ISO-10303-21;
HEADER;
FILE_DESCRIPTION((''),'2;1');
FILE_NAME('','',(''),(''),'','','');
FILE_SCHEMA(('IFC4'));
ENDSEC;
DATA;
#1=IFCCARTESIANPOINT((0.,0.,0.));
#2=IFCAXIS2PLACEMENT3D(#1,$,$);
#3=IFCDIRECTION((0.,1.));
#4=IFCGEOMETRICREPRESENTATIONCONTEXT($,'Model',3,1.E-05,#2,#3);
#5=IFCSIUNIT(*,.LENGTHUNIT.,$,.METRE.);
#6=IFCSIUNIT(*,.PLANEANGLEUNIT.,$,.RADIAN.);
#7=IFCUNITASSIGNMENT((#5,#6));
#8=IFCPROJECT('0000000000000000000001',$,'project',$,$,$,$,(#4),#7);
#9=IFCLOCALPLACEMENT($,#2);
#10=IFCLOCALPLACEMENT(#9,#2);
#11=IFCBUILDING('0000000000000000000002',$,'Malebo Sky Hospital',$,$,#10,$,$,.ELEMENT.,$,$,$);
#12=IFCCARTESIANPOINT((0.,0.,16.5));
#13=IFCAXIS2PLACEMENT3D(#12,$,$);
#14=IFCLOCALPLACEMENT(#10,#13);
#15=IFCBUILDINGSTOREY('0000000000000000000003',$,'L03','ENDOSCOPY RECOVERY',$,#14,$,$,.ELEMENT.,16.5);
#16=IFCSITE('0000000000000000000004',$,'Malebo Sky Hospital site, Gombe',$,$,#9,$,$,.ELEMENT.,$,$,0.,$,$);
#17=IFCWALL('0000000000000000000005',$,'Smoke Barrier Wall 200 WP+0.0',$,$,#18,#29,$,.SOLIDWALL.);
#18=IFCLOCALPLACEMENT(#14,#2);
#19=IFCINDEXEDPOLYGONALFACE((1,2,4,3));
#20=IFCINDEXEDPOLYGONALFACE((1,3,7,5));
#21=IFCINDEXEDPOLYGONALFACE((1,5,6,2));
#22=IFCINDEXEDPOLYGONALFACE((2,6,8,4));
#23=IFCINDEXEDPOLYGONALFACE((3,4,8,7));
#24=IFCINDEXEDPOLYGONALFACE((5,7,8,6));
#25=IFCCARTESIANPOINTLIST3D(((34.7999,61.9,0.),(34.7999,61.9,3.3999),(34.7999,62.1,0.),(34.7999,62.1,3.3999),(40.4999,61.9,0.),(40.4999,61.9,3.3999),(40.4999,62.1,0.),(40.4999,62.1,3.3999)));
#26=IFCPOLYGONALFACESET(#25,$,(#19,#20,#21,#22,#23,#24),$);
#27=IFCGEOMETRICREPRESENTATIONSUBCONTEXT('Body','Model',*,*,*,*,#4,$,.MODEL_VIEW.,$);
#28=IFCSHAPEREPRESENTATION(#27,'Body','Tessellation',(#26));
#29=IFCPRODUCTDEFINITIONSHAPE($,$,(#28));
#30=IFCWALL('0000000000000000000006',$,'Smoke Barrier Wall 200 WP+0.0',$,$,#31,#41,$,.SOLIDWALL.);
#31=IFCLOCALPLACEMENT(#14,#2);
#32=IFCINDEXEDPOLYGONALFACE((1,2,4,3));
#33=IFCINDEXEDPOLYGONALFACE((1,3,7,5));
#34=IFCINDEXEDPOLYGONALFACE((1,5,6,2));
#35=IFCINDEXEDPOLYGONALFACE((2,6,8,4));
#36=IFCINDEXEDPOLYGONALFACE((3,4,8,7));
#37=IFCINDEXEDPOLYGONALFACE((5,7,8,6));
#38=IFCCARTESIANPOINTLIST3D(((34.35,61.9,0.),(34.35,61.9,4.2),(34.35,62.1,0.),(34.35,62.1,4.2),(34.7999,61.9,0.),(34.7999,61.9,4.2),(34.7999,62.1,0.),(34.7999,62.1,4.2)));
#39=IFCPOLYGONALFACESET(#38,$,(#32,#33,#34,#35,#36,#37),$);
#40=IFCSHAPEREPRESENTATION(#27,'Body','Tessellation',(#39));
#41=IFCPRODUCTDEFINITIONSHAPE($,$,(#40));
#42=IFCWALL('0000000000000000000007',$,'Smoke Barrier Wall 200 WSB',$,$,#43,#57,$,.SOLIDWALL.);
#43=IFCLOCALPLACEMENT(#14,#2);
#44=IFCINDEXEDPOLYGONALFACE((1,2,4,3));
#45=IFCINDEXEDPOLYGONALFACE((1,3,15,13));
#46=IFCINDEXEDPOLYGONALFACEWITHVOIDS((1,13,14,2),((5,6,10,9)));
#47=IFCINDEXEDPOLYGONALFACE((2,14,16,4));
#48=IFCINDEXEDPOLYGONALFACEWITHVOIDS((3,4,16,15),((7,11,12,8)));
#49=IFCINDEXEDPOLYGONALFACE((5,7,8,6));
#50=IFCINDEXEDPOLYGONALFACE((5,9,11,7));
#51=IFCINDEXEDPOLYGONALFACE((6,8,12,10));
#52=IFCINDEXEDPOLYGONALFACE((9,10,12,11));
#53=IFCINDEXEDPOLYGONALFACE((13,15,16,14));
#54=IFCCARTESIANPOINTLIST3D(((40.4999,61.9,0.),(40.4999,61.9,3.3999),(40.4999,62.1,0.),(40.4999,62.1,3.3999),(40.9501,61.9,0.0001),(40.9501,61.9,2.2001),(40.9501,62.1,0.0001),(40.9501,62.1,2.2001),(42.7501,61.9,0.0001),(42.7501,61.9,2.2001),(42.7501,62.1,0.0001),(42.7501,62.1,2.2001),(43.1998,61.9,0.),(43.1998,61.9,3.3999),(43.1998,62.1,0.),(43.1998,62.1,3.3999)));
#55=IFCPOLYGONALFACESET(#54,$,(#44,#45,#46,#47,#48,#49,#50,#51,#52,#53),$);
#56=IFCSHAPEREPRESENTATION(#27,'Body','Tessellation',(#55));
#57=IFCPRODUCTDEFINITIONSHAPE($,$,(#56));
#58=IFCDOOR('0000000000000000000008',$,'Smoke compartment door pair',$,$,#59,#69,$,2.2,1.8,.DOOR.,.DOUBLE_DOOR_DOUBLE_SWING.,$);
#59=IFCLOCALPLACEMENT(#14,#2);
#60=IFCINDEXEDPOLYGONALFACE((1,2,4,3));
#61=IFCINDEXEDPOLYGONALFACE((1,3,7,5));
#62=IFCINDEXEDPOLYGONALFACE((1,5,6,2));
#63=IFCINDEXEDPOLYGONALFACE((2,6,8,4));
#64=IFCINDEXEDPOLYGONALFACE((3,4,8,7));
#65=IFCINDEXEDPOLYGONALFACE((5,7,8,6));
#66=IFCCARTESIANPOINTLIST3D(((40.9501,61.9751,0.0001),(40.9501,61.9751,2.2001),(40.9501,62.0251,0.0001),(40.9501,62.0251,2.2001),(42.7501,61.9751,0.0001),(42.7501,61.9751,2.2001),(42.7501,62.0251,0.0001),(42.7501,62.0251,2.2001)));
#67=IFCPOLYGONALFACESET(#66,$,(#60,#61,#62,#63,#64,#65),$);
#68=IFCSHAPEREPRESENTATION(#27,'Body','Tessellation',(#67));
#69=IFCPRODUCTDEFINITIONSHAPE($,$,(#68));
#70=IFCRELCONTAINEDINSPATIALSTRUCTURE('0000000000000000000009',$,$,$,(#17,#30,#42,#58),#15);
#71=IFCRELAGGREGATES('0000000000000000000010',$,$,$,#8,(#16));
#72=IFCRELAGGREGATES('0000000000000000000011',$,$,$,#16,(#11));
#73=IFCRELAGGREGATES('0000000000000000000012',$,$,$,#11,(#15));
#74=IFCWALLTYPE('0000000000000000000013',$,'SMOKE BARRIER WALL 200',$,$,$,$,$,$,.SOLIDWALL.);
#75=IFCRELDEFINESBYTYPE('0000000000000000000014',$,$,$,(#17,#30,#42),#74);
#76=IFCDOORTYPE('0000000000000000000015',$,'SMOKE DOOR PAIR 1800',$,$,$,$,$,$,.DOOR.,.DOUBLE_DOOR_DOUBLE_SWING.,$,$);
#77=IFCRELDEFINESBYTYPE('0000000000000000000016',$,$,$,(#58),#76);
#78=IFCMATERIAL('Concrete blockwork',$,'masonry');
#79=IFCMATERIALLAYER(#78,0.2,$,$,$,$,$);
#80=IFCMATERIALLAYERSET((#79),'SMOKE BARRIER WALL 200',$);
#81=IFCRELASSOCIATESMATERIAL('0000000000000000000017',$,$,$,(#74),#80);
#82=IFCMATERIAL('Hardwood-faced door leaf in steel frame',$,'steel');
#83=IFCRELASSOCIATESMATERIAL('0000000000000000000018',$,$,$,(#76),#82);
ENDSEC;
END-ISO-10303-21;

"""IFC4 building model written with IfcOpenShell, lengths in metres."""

from ifc_helpers import new_model, si_unit, direction, frame, frame_2d, origin, place, context, subcontext, project, spatial, rectangle, extrude, material, layer, layer_set, type_object, element, fill, save


model = new_model("IFC4")

# Units and contexts
model_context = context("Model", 3, precision=1e-05, world=origin(), true_north=direction((0.0, 1.0)))
body_context = subcontext(model_context, "Body", "Model", "MODEL_VIEW")
ifc_project = project(units=[si_unit("LENGTHUNIT", "METRE"), si_unit("PLANEANGLEUNIT", "RADIAN")], contexts=[model_context])

# Site, building, storey
site_placement = place(None, origin())
site = spatial("IfcSite", under=ifc_project, at=site_placement, Name="Malebo Sky Hospital site, Gombe", CompositionType="ELEMENT", RefElevation=0.0)
building_placement = place(site_placement, origin())
building = spatial("IfcBuilding", under=site, at=building_placement, Name="Malebo Sky Hospital", CompositionType="ELEMENT")
storey_placement = place(building_placement, frame((0.0, 0.0, 16.5)))
storey = spatial("IfcBuildingStorey", under=building, at=storey_placement, Name="L03", Description="ENDOSCOPY RECOVERY", CompositionType="ELEMENT", Elevation=16.5)

# Shared definitions
ifc_material_1 = material(Name="Hardwood-faced door leaf in steel frame", Category="steel")

# Walls
ifc_material_2 = material(Name="Concrete blockwork", Category="masonry")
ifc_layer_1 = layer(ifc_material_2, 0.2)
ifc_layer_set_1 = layer_set([ifc_layer_1], Name="SMOKE BARRIER WALL 200")
wall_type_1 = type_object("IfcWallType", Name="SMOKE BARRIER WALL 200", PredefinedType="SOLIDWALL", material=ifc_layer_set_1)
wall_1_placement = place(storey_placement, frame((40.5, 62.0, 0.0), z_axis=(0.0, 0.0, 1.0), x_axis=(-1.0, 0.0, 0.0)))
element("IfcWall", 1, at=wall_1_placement, inside=storey, type_object=wall_type_1, Name="Smoke Barrier Wall 200 WP+0.0", PredefinedType="SOLIDWALL", context=body_context, shape_type="SweptSolid", body=[
    extrude(rectangle(XDim=5.7, YDim=0.2, at=frame_2d((2.8501, 0.0))), origin(), (0.0, 0.0, 1.0), 3.3999),
])
wall_2_placement = place(storey_placement, frame((34.8, 62.0, 0.0), z_axis=(0.0, 0.0, 1.0), x_axis=(-1.0, 0.0, 0.0)))
element("IfcWall", 2, at=wall_2_placement, inside=storey, type_object=wall_type_1, Name="Smoke Barrier Wall 200 WP+0.0", PredefinedType="SOLIDWALL", context=body_context, shape_type="SweptSolid", body=[
    extrude(rectangle(XDim=0.45, YDim=0.2, at=frame_2d((0.2251, 0.0))), origin(), (0.0, 0.0, 1.0), 4.2),
])

# Wall, opening, door
wall_3_placement = place(storey_placement, frame((43.2, 62.0, 0.0), z_axis=(0.0, 0.0, 1.0), x_axis=(-1.0, 0.0, 0.0)))
wall_3 = element("IfcWall", 3, at=wall_3_placement, inside=storey, type_object=wall_type_1, Name="Smoke Barrier Wall 200 WSB", PredefinedType="SOLIDWALL", context=body_context, shape_type="SweptSolid", body=[
    extrude(rectangle(XDim=2.7, YDim=0.2, at=frame_2d((1.3501, 0.0))), origin(), (0.0, 0.0, 1.0), 3.3999),
])
opening_1_placement = place(wall_3_placement, frame((0.45, 0.0, 0.0)))
opening_1 = element("IfcOpeningElement", 4, at=opening_1_placement, cuts=wall_3, PredefinedType="OPENING", context=body_context, shape_type="SweptSolid", body=[
    extrude(rectangle(XDim=1.8, YDim=2.2, at=frame_2d((0.8999, 1.1001))), frame((0.0, 0.1099, 0.0), z_axis=(0.0, -1.0, 0.0), x_axis=(1.0, 0.0, 0.0)), (0.0, 0.0, 1.0), 0.22),
])
door_type_1 = type_object("IfcDoorType", Name="SMOKE DOOR PAIR 1800", OperationType="DOUBLE_DOOR_DOUBLE_SWING", PredefinedType="DOOR", material=ifc_material_1)
door_1_placement = place(opening_1_placement, origin())
door_1 = element("IfcDoor", 5, at=door_1_placement, inside=storey, type_object=door_type_1, Name="Smoke compartment door pair", OperationType="DOUBLE_DOOR_DOUBLE_SWING", OverallHeight=2.2, OverallWidth=1.8, PredefinedType="DOOR", context=body_context, shape_type="SweptSolid", body=[
    extrude(rectangle(XDim=1.8, YDim=2.2, at=frame_2d((0.8999, 1.1001))), frame((0.0, 0.0249, 0.0), z_axis=(0.0, -1.0, 0.0), x_axis=(1.0, 0.0, 0.0)), (0.0, 0.0, 1.0), 0.05),
])
fill(opening_1, door_1)

save(model, "model.ifc")
